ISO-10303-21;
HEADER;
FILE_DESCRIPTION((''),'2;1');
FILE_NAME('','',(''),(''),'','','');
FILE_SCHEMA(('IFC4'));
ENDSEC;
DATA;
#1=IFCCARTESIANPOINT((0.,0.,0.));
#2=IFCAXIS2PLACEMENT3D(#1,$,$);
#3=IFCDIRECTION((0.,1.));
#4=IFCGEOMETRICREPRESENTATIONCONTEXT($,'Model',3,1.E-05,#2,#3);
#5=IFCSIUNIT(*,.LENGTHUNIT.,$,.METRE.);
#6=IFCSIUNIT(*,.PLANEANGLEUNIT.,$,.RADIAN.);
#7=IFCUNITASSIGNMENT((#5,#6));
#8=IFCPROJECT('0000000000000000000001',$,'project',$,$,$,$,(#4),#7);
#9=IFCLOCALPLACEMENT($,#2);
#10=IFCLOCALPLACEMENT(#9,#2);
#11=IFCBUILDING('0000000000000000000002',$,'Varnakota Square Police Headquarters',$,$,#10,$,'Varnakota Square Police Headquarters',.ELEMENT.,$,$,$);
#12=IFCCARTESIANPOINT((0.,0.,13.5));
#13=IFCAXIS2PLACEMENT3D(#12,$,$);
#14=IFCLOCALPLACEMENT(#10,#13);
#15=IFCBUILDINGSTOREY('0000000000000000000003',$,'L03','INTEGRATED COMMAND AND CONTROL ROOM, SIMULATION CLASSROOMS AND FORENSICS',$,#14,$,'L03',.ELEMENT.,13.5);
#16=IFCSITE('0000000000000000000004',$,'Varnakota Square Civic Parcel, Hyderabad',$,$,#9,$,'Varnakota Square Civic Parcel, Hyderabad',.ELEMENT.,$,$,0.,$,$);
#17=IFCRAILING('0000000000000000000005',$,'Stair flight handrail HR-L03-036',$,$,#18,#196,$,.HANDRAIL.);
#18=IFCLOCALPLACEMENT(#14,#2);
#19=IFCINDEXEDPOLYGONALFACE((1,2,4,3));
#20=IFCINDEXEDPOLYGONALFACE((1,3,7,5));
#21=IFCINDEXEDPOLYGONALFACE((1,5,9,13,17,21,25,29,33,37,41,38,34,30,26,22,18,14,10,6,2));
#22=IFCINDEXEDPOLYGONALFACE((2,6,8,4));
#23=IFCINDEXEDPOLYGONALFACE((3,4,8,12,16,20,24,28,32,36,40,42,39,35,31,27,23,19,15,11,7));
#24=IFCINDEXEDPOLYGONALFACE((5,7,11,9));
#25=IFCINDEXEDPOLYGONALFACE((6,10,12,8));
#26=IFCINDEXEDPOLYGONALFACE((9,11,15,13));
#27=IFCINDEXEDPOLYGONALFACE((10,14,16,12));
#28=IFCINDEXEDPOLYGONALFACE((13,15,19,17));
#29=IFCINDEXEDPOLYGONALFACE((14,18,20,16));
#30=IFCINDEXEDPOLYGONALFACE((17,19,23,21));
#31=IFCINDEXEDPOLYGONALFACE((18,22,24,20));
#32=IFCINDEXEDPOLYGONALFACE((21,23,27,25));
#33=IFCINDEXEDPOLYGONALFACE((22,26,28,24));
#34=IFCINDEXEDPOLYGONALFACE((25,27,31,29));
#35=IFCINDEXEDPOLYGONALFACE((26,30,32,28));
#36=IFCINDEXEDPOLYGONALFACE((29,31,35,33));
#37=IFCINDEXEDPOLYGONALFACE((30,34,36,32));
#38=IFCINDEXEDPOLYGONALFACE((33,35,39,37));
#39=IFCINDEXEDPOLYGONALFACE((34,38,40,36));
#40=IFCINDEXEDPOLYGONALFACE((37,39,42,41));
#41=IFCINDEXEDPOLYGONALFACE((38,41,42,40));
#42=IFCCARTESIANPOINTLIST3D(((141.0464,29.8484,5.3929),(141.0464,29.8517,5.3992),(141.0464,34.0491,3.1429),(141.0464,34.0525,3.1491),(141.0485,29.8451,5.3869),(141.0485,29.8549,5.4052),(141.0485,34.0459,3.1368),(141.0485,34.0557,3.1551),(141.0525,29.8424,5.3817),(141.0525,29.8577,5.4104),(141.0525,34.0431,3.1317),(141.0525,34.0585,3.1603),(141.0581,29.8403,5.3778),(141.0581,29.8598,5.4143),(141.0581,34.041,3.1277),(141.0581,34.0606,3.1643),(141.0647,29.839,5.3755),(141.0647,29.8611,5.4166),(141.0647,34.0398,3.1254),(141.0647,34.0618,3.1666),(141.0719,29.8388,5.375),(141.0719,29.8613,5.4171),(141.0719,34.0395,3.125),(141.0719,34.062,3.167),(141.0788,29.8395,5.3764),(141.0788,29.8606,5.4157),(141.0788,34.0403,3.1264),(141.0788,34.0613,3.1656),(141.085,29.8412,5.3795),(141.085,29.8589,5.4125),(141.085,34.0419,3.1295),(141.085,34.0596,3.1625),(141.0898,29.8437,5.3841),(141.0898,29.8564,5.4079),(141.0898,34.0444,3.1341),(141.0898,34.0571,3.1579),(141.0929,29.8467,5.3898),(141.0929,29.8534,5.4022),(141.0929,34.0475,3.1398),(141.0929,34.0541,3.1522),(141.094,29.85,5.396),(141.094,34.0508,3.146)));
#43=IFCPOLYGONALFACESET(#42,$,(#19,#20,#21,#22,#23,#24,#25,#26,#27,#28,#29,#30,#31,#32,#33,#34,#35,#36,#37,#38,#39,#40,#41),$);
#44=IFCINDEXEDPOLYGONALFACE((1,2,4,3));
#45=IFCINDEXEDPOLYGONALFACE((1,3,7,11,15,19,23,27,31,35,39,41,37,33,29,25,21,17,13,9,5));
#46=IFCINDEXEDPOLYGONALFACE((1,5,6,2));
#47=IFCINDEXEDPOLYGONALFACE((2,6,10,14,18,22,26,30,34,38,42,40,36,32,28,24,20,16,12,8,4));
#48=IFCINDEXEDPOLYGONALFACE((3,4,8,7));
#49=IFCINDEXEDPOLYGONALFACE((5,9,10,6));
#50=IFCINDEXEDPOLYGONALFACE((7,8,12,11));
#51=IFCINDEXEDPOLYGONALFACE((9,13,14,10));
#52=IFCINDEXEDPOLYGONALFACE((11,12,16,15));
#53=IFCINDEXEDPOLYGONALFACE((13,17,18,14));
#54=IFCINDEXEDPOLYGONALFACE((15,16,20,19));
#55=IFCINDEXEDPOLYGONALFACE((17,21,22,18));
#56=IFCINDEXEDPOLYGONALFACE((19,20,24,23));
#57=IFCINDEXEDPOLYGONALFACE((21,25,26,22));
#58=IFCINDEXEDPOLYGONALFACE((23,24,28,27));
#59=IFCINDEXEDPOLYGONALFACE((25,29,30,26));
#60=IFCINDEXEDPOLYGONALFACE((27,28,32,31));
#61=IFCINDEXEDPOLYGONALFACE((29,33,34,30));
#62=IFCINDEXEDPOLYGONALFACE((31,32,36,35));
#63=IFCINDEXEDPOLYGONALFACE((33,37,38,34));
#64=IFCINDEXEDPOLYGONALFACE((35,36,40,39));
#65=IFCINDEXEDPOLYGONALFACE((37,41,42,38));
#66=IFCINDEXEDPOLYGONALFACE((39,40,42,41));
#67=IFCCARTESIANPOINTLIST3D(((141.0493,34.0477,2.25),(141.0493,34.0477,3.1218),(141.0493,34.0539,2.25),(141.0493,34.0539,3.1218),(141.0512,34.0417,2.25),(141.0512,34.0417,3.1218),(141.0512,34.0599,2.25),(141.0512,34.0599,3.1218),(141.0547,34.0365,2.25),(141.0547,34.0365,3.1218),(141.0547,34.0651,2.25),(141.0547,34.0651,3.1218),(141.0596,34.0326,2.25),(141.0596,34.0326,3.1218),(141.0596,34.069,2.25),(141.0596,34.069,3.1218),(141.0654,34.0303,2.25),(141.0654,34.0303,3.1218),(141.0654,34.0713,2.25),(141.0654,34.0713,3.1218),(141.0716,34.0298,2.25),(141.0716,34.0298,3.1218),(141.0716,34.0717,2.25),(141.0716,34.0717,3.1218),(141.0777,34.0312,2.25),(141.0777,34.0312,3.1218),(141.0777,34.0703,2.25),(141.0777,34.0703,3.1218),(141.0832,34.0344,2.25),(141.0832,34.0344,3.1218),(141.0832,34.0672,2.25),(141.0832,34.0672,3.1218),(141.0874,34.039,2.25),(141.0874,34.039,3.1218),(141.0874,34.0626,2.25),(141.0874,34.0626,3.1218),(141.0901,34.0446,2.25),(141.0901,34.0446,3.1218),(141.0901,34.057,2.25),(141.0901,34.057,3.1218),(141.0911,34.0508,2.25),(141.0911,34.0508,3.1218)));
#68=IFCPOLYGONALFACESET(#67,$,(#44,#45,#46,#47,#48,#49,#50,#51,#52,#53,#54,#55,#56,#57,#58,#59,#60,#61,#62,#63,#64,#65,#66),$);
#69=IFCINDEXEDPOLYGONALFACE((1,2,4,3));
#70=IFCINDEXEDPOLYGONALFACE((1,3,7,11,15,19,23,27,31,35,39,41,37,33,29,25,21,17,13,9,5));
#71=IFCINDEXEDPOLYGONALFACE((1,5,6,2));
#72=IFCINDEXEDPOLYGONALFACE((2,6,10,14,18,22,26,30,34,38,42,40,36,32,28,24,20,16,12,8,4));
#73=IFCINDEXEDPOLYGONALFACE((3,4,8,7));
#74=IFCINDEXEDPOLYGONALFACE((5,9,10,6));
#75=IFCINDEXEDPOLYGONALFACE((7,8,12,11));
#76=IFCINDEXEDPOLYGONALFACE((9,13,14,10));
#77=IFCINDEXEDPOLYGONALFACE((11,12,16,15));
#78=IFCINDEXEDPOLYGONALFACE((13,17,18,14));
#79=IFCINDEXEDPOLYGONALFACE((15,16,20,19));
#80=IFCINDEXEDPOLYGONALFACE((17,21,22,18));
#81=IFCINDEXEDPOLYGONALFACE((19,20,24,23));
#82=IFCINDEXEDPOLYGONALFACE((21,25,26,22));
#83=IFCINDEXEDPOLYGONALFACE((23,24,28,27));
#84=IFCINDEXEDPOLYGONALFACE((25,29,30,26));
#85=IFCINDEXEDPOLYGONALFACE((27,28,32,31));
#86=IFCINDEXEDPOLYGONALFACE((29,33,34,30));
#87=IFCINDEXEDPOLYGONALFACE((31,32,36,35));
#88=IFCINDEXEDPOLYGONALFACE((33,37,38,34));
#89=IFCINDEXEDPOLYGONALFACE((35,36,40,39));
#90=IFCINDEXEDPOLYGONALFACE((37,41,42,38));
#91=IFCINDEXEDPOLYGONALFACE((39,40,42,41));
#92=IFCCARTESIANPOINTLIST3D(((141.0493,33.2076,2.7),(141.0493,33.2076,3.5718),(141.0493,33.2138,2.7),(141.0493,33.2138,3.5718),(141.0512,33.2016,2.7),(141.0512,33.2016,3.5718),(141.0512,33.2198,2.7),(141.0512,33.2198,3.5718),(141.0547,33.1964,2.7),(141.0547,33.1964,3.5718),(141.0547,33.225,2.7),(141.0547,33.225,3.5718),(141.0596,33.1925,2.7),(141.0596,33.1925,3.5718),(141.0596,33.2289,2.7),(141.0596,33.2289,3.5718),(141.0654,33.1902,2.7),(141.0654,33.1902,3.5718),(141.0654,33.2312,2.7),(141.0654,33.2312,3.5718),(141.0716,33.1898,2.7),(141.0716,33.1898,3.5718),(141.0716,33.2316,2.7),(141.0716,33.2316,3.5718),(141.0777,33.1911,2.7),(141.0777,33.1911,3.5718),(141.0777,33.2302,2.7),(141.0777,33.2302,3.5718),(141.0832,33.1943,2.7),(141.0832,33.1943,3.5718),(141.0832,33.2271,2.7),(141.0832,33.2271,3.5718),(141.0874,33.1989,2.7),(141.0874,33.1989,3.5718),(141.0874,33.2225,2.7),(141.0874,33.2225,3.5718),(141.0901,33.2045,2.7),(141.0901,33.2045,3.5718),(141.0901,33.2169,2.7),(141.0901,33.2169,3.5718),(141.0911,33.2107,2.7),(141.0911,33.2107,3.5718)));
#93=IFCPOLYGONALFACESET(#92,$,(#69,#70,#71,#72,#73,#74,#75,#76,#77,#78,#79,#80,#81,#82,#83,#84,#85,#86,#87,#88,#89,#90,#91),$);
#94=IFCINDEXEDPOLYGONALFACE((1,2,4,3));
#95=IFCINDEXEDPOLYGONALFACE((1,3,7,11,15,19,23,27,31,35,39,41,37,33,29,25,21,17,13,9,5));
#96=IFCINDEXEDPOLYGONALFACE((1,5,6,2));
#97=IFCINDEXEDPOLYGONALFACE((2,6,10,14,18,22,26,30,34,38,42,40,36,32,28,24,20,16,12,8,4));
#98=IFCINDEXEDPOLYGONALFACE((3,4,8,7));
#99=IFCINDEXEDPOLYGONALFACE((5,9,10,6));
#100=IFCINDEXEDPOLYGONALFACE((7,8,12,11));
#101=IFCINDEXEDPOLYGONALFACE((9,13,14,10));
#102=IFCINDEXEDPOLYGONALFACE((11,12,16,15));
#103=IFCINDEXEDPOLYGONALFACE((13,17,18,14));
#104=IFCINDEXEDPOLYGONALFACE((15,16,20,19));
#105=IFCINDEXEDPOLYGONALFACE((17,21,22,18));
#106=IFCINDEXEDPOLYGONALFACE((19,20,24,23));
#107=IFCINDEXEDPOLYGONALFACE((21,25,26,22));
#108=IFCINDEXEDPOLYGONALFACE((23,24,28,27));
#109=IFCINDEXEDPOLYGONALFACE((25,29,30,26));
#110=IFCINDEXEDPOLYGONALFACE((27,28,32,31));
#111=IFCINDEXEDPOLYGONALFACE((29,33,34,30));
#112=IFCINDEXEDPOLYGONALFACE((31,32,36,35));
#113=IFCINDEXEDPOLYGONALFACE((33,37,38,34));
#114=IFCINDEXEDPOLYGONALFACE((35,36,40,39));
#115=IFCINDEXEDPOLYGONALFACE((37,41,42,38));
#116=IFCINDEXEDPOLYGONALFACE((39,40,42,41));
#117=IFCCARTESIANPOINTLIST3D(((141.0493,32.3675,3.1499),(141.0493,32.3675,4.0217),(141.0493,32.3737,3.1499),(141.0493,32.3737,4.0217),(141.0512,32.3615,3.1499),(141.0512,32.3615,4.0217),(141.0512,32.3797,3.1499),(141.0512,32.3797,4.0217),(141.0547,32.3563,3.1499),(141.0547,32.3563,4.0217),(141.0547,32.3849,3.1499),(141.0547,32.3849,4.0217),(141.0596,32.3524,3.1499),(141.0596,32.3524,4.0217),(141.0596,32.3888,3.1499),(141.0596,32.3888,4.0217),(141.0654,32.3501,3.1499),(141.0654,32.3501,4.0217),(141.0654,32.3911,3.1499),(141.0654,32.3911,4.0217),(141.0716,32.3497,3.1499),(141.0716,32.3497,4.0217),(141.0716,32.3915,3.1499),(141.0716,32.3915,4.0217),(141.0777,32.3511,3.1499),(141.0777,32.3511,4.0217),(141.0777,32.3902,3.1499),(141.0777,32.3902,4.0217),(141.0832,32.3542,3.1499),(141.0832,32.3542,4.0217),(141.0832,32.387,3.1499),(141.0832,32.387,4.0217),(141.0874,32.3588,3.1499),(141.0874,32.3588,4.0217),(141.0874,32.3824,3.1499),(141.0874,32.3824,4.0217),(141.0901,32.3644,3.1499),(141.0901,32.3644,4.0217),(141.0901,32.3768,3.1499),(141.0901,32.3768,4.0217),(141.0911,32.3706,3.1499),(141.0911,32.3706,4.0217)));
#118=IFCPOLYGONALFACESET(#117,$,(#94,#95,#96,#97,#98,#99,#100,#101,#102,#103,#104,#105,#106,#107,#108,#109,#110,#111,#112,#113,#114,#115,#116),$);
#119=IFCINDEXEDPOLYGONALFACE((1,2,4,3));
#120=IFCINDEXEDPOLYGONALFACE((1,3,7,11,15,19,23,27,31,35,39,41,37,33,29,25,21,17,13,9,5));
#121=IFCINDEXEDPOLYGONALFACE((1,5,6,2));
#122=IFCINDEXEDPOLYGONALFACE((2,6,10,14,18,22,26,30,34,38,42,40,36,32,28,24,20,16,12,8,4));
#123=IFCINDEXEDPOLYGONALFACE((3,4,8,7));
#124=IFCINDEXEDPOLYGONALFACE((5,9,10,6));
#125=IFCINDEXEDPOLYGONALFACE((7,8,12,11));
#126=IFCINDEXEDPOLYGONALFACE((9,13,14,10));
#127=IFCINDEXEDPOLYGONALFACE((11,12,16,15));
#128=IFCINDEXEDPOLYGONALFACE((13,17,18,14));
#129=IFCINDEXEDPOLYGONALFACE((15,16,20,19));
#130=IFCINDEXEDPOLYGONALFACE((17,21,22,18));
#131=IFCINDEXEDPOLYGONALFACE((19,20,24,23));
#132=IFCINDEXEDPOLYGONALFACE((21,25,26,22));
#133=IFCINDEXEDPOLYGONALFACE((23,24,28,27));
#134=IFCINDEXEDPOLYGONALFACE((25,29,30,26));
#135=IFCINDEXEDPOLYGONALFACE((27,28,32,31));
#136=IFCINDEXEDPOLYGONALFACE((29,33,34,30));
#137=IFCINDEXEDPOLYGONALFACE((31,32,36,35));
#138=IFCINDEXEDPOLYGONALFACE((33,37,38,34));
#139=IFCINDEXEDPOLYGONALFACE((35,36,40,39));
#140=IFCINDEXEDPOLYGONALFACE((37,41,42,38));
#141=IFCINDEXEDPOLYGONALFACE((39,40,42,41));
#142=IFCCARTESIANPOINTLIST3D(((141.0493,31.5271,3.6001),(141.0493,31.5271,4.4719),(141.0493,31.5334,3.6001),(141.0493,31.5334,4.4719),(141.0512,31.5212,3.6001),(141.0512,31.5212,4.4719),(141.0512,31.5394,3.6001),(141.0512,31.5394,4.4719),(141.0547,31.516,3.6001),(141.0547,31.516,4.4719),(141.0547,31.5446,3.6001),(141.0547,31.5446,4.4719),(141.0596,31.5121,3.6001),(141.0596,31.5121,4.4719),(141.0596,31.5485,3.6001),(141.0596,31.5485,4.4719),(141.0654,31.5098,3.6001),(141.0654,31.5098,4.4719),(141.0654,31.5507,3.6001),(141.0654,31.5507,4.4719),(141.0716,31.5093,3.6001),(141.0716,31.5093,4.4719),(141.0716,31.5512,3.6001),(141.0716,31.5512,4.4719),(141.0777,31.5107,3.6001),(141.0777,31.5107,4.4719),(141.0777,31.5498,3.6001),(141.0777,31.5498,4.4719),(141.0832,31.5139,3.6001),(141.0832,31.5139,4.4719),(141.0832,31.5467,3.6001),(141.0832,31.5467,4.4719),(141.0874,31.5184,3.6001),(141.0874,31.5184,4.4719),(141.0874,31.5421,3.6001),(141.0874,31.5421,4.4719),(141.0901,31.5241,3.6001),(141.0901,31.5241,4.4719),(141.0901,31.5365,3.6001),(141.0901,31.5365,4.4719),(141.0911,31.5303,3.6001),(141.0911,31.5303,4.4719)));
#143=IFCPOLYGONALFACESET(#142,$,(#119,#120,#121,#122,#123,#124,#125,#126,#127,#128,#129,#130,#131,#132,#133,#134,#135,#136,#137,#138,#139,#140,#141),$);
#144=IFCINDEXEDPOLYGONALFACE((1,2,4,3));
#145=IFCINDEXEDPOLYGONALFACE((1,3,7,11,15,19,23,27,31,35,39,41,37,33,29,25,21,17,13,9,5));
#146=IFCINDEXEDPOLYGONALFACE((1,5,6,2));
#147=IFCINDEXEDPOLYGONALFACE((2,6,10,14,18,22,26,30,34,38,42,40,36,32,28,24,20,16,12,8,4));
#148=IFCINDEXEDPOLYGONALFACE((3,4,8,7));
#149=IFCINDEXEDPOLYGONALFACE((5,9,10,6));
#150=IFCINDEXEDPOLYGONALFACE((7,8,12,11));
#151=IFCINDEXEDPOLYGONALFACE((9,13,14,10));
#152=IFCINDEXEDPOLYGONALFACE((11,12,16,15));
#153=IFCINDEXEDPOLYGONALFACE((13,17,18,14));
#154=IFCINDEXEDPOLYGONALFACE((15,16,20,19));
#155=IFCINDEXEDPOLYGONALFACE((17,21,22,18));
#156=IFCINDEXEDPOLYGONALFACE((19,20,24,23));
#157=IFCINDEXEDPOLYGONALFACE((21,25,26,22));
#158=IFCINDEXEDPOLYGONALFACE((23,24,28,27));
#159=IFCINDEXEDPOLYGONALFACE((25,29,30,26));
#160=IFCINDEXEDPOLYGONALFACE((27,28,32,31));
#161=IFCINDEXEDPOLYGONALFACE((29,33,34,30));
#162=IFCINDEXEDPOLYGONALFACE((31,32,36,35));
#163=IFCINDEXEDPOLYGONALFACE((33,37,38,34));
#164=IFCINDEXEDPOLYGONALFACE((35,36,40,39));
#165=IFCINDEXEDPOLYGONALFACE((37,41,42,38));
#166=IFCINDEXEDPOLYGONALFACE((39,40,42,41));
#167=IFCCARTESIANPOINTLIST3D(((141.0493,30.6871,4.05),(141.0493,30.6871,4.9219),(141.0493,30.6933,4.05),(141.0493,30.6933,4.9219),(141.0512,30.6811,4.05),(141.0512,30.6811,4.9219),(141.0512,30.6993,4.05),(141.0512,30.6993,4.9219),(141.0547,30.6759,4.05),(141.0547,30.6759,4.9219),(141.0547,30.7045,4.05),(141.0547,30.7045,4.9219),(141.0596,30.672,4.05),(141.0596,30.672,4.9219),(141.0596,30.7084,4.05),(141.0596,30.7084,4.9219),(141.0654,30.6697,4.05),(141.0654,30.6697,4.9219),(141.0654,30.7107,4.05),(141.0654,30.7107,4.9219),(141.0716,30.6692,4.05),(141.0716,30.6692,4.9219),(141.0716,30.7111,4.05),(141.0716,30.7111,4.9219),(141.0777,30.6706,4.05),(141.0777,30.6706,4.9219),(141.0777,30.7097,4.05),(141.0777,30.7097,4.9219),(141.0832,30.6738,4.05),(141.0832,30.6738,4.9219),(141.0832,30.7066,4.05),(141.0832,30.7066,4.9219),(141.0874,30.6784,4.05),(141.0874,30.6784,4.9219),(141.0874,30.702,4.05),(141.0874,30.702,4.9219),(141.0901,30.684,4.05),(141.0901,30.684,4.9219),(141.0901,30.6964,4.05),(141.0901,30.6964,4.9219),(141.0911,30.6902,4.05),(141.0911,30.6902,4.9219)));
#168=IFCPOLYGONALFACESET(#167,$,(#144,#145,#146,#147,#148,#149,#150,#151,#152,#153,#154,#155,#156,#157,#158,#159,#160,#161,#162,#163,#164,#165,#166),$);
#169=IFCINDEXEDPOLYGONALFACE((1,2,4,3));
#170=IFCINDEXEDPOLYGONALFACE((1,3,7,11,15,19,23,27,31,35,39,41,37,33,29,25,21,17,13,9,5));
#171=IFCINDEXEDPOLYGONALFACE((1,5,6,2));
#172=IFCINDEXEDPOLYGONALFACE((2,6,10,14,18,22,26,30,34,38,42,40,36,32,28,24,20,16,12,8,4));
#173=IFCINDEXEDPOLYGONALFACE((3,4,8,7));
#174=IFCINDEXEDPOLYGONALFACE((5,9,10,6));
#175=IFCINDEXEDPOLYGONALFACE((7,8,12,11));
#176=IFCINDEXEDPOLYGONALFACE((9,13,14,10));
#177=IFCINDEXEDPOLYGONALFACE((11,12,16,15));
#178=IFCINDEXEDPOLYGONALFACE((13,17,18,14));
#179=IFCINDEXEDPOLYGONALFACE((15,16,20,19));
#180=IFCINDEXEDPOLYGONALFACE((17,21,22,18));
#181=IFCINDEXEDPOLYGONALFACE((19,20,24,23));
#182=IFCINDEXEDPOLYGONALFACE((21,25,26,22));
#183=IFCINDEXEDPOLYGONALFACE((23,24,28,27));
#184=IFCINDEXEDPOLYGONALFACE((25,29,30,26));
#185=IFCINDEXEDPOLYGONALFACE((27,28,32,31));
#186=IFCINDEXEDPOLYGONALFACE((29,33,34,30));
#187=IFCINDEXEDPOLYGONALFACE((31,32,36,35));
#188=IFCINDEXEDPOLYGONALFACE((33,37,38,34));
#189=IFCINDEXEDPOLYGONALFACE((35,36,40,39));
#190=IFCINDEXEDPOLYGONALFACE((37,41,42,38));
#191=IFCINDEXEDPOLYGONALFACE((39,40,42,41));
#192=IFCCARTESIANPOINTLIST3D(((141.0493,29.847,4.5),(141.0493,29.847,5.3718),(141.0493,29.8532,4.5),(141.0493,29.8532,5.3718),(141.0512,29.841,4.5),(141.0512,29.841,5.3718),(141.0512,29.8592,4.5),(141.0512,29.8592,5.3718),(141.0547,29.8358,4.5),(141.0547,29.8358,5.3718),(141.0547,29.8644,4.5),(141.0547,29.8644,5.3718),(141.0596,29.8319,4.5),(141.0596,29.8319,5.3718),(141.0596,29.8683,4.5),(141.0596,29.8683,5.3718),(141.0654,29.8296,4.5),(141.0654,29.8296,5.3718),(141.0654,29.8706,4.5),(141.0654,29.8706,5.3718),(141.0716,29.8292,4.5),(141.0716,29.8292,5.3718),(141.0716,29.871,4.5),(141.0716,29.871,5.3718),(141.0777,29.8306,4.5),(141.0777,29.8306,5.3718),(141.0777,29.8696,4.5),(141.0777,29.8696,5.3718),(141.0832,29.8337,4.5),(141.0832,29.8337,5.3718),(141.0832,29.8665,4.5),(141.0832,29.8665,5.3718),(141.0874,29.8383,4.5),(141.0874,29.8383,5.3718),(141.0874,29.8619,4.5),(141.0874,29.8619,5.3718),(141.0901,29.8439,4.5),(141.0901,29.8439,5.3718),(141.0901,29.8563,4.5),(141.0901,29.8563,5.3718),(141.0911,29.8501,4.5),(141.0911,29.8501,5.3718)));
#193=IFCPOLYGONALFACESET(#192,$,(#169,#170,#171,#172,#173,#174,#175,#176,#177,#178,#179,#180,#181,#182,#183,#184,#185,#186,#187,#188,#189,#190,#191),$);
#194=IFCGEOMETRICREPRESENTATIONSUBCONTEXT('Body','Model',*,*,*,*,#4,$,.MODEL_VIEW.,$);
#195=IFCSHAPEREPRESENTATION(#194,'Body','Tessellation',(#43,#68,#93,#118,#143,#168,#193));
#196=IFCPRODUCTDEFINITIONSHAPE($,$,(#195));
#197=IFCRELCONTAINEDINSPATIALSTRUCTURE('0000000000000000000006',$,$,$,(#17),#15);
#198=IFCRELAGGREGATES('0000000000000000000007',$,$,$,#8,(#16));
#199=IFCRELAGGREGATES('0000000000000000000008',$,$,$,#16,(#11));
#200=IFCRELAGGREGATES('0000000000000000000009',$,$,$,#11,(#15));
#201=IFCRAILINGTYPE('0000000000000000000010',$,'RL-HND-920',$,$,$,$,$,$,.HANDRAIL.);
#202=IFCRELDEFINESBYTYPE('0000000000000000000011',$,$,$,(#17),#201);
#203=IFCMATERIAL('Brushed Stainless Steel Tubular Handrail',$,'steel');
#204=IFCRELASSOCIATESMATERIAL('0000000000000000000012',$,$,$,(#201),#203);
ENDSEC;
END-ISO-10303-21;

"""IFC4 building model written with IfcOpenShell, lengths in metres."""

from ifc_helpers import new_model, si_unit, direction, frame, origin, origin_2d, place, context, subcontext, project, spatial, circle, extrude, material, type_object, element, save


model = new_model("IFC4")

# Units and contexts
model_context = context("Model", 3, precision=1e-05, world=origin(), true_north=direction((0.0, 1.0)))
body_context = subcontext(model_context, "Body", "Model", "MODEL_VIEW")
ifc_project = project(units=[si_unit("LENGTHUNIT", "METRE"), si_unit("PLANEANGLEUNIT", "RADIAN")], contexts=[model_context])

# Site, building, storey
site_placement = place(None, origin())
site = spatial("IfcSite", under=ifc_project, at=site_placement, Name="Varnakota Square Civic Parcel, Hyderabad", LongName="Varnakota Square Civic Parcel, Hyderabad", CompositionType="ELEMENT", RefElevation=0.0)
building_placement = place(site_placement, origin())
building = spatial("IfcBuilding", under=site, at=building_placement, Name="Varnakota Square Police Headquarters", LongName="Varnakota Square Police Headquarters", CompositionType="ELEMENT")
storey_placement = place(building_placement, frame((0.0, 0.0, 13.5)))
storey = spatial("IfcBuildingStorey", under=building, at=storey_placement, Name="L03", Description="INTEGRATED COMMAND AND CONTROL ROOM, SIMULATION CLASSROOMS AND FORENSICS", LongName="L03", CompositionType="ELEMENT", Elevation=13.5)

# Railing
ifc_material_1 = material(Name="Brushed Stainless Steel Tubular Handrail", Category="steel")
railing_type_1 = type_object("IfcRailingType", Name="RL-HND-920", PredefinedType="HANDRAIL", material=ifc_material_1)
railing_1_placement = place(storey_placement, frame((141.0701, 34.0508, 2.25)))
element("IfcRailing", 1, at=railing_1_placement, inside=storey, type_object=railing_type_1, Name="Stair flight handrail HR-L03-036", PredefinedType="HANDRAIL", context=body_context, shape_type="SweptSolid", body=[
    extrude(circle(Radius=0.0239, at=origin_2d()), frame((0.0, 0.0, 0.896), z_axis=(0.0, -0.881512, 0.472162), x_axis=(1.0, 0.0, 0.0)), (0.0, 0.0, 1.0), 4.7654),
    extrude(circle(Radius=0.021, at=origin_2d()), origin(), (0.0, 0.0, 1.0), 0.8718),
    extrude(circle(Radius=0.021, at=origin_2d()), frame((0.0, -0.8401, 0.45)), (0.0, 0.0, 1.0), 0.8718),
    extrude(circle(Radius=0.021, at=origin_2d()), frame((0.0, -1.6802, 0.8999)), (0.0, 0.0, 1.0), 0.8718),
    extrude(circle(Radius=0.021, at=origin_2d()), frame((0.0, -2.5205, 1.3501)), (0.0, 0.0, 1.0), 0.8718),
    extrude(circle(Radius=0.021, at=origin_2d()), frame((0.0, -3.3606, 1.8)), (0.0, 0.0, 1.0), 0.8718),
    extrude(circle(Radius=0.021, at=origin_2d()), frame((0.0, -4.2007, 2.25)), (0.0, 0.0, 1.0), 0.8718),
])

save(model, "model.ifc")
